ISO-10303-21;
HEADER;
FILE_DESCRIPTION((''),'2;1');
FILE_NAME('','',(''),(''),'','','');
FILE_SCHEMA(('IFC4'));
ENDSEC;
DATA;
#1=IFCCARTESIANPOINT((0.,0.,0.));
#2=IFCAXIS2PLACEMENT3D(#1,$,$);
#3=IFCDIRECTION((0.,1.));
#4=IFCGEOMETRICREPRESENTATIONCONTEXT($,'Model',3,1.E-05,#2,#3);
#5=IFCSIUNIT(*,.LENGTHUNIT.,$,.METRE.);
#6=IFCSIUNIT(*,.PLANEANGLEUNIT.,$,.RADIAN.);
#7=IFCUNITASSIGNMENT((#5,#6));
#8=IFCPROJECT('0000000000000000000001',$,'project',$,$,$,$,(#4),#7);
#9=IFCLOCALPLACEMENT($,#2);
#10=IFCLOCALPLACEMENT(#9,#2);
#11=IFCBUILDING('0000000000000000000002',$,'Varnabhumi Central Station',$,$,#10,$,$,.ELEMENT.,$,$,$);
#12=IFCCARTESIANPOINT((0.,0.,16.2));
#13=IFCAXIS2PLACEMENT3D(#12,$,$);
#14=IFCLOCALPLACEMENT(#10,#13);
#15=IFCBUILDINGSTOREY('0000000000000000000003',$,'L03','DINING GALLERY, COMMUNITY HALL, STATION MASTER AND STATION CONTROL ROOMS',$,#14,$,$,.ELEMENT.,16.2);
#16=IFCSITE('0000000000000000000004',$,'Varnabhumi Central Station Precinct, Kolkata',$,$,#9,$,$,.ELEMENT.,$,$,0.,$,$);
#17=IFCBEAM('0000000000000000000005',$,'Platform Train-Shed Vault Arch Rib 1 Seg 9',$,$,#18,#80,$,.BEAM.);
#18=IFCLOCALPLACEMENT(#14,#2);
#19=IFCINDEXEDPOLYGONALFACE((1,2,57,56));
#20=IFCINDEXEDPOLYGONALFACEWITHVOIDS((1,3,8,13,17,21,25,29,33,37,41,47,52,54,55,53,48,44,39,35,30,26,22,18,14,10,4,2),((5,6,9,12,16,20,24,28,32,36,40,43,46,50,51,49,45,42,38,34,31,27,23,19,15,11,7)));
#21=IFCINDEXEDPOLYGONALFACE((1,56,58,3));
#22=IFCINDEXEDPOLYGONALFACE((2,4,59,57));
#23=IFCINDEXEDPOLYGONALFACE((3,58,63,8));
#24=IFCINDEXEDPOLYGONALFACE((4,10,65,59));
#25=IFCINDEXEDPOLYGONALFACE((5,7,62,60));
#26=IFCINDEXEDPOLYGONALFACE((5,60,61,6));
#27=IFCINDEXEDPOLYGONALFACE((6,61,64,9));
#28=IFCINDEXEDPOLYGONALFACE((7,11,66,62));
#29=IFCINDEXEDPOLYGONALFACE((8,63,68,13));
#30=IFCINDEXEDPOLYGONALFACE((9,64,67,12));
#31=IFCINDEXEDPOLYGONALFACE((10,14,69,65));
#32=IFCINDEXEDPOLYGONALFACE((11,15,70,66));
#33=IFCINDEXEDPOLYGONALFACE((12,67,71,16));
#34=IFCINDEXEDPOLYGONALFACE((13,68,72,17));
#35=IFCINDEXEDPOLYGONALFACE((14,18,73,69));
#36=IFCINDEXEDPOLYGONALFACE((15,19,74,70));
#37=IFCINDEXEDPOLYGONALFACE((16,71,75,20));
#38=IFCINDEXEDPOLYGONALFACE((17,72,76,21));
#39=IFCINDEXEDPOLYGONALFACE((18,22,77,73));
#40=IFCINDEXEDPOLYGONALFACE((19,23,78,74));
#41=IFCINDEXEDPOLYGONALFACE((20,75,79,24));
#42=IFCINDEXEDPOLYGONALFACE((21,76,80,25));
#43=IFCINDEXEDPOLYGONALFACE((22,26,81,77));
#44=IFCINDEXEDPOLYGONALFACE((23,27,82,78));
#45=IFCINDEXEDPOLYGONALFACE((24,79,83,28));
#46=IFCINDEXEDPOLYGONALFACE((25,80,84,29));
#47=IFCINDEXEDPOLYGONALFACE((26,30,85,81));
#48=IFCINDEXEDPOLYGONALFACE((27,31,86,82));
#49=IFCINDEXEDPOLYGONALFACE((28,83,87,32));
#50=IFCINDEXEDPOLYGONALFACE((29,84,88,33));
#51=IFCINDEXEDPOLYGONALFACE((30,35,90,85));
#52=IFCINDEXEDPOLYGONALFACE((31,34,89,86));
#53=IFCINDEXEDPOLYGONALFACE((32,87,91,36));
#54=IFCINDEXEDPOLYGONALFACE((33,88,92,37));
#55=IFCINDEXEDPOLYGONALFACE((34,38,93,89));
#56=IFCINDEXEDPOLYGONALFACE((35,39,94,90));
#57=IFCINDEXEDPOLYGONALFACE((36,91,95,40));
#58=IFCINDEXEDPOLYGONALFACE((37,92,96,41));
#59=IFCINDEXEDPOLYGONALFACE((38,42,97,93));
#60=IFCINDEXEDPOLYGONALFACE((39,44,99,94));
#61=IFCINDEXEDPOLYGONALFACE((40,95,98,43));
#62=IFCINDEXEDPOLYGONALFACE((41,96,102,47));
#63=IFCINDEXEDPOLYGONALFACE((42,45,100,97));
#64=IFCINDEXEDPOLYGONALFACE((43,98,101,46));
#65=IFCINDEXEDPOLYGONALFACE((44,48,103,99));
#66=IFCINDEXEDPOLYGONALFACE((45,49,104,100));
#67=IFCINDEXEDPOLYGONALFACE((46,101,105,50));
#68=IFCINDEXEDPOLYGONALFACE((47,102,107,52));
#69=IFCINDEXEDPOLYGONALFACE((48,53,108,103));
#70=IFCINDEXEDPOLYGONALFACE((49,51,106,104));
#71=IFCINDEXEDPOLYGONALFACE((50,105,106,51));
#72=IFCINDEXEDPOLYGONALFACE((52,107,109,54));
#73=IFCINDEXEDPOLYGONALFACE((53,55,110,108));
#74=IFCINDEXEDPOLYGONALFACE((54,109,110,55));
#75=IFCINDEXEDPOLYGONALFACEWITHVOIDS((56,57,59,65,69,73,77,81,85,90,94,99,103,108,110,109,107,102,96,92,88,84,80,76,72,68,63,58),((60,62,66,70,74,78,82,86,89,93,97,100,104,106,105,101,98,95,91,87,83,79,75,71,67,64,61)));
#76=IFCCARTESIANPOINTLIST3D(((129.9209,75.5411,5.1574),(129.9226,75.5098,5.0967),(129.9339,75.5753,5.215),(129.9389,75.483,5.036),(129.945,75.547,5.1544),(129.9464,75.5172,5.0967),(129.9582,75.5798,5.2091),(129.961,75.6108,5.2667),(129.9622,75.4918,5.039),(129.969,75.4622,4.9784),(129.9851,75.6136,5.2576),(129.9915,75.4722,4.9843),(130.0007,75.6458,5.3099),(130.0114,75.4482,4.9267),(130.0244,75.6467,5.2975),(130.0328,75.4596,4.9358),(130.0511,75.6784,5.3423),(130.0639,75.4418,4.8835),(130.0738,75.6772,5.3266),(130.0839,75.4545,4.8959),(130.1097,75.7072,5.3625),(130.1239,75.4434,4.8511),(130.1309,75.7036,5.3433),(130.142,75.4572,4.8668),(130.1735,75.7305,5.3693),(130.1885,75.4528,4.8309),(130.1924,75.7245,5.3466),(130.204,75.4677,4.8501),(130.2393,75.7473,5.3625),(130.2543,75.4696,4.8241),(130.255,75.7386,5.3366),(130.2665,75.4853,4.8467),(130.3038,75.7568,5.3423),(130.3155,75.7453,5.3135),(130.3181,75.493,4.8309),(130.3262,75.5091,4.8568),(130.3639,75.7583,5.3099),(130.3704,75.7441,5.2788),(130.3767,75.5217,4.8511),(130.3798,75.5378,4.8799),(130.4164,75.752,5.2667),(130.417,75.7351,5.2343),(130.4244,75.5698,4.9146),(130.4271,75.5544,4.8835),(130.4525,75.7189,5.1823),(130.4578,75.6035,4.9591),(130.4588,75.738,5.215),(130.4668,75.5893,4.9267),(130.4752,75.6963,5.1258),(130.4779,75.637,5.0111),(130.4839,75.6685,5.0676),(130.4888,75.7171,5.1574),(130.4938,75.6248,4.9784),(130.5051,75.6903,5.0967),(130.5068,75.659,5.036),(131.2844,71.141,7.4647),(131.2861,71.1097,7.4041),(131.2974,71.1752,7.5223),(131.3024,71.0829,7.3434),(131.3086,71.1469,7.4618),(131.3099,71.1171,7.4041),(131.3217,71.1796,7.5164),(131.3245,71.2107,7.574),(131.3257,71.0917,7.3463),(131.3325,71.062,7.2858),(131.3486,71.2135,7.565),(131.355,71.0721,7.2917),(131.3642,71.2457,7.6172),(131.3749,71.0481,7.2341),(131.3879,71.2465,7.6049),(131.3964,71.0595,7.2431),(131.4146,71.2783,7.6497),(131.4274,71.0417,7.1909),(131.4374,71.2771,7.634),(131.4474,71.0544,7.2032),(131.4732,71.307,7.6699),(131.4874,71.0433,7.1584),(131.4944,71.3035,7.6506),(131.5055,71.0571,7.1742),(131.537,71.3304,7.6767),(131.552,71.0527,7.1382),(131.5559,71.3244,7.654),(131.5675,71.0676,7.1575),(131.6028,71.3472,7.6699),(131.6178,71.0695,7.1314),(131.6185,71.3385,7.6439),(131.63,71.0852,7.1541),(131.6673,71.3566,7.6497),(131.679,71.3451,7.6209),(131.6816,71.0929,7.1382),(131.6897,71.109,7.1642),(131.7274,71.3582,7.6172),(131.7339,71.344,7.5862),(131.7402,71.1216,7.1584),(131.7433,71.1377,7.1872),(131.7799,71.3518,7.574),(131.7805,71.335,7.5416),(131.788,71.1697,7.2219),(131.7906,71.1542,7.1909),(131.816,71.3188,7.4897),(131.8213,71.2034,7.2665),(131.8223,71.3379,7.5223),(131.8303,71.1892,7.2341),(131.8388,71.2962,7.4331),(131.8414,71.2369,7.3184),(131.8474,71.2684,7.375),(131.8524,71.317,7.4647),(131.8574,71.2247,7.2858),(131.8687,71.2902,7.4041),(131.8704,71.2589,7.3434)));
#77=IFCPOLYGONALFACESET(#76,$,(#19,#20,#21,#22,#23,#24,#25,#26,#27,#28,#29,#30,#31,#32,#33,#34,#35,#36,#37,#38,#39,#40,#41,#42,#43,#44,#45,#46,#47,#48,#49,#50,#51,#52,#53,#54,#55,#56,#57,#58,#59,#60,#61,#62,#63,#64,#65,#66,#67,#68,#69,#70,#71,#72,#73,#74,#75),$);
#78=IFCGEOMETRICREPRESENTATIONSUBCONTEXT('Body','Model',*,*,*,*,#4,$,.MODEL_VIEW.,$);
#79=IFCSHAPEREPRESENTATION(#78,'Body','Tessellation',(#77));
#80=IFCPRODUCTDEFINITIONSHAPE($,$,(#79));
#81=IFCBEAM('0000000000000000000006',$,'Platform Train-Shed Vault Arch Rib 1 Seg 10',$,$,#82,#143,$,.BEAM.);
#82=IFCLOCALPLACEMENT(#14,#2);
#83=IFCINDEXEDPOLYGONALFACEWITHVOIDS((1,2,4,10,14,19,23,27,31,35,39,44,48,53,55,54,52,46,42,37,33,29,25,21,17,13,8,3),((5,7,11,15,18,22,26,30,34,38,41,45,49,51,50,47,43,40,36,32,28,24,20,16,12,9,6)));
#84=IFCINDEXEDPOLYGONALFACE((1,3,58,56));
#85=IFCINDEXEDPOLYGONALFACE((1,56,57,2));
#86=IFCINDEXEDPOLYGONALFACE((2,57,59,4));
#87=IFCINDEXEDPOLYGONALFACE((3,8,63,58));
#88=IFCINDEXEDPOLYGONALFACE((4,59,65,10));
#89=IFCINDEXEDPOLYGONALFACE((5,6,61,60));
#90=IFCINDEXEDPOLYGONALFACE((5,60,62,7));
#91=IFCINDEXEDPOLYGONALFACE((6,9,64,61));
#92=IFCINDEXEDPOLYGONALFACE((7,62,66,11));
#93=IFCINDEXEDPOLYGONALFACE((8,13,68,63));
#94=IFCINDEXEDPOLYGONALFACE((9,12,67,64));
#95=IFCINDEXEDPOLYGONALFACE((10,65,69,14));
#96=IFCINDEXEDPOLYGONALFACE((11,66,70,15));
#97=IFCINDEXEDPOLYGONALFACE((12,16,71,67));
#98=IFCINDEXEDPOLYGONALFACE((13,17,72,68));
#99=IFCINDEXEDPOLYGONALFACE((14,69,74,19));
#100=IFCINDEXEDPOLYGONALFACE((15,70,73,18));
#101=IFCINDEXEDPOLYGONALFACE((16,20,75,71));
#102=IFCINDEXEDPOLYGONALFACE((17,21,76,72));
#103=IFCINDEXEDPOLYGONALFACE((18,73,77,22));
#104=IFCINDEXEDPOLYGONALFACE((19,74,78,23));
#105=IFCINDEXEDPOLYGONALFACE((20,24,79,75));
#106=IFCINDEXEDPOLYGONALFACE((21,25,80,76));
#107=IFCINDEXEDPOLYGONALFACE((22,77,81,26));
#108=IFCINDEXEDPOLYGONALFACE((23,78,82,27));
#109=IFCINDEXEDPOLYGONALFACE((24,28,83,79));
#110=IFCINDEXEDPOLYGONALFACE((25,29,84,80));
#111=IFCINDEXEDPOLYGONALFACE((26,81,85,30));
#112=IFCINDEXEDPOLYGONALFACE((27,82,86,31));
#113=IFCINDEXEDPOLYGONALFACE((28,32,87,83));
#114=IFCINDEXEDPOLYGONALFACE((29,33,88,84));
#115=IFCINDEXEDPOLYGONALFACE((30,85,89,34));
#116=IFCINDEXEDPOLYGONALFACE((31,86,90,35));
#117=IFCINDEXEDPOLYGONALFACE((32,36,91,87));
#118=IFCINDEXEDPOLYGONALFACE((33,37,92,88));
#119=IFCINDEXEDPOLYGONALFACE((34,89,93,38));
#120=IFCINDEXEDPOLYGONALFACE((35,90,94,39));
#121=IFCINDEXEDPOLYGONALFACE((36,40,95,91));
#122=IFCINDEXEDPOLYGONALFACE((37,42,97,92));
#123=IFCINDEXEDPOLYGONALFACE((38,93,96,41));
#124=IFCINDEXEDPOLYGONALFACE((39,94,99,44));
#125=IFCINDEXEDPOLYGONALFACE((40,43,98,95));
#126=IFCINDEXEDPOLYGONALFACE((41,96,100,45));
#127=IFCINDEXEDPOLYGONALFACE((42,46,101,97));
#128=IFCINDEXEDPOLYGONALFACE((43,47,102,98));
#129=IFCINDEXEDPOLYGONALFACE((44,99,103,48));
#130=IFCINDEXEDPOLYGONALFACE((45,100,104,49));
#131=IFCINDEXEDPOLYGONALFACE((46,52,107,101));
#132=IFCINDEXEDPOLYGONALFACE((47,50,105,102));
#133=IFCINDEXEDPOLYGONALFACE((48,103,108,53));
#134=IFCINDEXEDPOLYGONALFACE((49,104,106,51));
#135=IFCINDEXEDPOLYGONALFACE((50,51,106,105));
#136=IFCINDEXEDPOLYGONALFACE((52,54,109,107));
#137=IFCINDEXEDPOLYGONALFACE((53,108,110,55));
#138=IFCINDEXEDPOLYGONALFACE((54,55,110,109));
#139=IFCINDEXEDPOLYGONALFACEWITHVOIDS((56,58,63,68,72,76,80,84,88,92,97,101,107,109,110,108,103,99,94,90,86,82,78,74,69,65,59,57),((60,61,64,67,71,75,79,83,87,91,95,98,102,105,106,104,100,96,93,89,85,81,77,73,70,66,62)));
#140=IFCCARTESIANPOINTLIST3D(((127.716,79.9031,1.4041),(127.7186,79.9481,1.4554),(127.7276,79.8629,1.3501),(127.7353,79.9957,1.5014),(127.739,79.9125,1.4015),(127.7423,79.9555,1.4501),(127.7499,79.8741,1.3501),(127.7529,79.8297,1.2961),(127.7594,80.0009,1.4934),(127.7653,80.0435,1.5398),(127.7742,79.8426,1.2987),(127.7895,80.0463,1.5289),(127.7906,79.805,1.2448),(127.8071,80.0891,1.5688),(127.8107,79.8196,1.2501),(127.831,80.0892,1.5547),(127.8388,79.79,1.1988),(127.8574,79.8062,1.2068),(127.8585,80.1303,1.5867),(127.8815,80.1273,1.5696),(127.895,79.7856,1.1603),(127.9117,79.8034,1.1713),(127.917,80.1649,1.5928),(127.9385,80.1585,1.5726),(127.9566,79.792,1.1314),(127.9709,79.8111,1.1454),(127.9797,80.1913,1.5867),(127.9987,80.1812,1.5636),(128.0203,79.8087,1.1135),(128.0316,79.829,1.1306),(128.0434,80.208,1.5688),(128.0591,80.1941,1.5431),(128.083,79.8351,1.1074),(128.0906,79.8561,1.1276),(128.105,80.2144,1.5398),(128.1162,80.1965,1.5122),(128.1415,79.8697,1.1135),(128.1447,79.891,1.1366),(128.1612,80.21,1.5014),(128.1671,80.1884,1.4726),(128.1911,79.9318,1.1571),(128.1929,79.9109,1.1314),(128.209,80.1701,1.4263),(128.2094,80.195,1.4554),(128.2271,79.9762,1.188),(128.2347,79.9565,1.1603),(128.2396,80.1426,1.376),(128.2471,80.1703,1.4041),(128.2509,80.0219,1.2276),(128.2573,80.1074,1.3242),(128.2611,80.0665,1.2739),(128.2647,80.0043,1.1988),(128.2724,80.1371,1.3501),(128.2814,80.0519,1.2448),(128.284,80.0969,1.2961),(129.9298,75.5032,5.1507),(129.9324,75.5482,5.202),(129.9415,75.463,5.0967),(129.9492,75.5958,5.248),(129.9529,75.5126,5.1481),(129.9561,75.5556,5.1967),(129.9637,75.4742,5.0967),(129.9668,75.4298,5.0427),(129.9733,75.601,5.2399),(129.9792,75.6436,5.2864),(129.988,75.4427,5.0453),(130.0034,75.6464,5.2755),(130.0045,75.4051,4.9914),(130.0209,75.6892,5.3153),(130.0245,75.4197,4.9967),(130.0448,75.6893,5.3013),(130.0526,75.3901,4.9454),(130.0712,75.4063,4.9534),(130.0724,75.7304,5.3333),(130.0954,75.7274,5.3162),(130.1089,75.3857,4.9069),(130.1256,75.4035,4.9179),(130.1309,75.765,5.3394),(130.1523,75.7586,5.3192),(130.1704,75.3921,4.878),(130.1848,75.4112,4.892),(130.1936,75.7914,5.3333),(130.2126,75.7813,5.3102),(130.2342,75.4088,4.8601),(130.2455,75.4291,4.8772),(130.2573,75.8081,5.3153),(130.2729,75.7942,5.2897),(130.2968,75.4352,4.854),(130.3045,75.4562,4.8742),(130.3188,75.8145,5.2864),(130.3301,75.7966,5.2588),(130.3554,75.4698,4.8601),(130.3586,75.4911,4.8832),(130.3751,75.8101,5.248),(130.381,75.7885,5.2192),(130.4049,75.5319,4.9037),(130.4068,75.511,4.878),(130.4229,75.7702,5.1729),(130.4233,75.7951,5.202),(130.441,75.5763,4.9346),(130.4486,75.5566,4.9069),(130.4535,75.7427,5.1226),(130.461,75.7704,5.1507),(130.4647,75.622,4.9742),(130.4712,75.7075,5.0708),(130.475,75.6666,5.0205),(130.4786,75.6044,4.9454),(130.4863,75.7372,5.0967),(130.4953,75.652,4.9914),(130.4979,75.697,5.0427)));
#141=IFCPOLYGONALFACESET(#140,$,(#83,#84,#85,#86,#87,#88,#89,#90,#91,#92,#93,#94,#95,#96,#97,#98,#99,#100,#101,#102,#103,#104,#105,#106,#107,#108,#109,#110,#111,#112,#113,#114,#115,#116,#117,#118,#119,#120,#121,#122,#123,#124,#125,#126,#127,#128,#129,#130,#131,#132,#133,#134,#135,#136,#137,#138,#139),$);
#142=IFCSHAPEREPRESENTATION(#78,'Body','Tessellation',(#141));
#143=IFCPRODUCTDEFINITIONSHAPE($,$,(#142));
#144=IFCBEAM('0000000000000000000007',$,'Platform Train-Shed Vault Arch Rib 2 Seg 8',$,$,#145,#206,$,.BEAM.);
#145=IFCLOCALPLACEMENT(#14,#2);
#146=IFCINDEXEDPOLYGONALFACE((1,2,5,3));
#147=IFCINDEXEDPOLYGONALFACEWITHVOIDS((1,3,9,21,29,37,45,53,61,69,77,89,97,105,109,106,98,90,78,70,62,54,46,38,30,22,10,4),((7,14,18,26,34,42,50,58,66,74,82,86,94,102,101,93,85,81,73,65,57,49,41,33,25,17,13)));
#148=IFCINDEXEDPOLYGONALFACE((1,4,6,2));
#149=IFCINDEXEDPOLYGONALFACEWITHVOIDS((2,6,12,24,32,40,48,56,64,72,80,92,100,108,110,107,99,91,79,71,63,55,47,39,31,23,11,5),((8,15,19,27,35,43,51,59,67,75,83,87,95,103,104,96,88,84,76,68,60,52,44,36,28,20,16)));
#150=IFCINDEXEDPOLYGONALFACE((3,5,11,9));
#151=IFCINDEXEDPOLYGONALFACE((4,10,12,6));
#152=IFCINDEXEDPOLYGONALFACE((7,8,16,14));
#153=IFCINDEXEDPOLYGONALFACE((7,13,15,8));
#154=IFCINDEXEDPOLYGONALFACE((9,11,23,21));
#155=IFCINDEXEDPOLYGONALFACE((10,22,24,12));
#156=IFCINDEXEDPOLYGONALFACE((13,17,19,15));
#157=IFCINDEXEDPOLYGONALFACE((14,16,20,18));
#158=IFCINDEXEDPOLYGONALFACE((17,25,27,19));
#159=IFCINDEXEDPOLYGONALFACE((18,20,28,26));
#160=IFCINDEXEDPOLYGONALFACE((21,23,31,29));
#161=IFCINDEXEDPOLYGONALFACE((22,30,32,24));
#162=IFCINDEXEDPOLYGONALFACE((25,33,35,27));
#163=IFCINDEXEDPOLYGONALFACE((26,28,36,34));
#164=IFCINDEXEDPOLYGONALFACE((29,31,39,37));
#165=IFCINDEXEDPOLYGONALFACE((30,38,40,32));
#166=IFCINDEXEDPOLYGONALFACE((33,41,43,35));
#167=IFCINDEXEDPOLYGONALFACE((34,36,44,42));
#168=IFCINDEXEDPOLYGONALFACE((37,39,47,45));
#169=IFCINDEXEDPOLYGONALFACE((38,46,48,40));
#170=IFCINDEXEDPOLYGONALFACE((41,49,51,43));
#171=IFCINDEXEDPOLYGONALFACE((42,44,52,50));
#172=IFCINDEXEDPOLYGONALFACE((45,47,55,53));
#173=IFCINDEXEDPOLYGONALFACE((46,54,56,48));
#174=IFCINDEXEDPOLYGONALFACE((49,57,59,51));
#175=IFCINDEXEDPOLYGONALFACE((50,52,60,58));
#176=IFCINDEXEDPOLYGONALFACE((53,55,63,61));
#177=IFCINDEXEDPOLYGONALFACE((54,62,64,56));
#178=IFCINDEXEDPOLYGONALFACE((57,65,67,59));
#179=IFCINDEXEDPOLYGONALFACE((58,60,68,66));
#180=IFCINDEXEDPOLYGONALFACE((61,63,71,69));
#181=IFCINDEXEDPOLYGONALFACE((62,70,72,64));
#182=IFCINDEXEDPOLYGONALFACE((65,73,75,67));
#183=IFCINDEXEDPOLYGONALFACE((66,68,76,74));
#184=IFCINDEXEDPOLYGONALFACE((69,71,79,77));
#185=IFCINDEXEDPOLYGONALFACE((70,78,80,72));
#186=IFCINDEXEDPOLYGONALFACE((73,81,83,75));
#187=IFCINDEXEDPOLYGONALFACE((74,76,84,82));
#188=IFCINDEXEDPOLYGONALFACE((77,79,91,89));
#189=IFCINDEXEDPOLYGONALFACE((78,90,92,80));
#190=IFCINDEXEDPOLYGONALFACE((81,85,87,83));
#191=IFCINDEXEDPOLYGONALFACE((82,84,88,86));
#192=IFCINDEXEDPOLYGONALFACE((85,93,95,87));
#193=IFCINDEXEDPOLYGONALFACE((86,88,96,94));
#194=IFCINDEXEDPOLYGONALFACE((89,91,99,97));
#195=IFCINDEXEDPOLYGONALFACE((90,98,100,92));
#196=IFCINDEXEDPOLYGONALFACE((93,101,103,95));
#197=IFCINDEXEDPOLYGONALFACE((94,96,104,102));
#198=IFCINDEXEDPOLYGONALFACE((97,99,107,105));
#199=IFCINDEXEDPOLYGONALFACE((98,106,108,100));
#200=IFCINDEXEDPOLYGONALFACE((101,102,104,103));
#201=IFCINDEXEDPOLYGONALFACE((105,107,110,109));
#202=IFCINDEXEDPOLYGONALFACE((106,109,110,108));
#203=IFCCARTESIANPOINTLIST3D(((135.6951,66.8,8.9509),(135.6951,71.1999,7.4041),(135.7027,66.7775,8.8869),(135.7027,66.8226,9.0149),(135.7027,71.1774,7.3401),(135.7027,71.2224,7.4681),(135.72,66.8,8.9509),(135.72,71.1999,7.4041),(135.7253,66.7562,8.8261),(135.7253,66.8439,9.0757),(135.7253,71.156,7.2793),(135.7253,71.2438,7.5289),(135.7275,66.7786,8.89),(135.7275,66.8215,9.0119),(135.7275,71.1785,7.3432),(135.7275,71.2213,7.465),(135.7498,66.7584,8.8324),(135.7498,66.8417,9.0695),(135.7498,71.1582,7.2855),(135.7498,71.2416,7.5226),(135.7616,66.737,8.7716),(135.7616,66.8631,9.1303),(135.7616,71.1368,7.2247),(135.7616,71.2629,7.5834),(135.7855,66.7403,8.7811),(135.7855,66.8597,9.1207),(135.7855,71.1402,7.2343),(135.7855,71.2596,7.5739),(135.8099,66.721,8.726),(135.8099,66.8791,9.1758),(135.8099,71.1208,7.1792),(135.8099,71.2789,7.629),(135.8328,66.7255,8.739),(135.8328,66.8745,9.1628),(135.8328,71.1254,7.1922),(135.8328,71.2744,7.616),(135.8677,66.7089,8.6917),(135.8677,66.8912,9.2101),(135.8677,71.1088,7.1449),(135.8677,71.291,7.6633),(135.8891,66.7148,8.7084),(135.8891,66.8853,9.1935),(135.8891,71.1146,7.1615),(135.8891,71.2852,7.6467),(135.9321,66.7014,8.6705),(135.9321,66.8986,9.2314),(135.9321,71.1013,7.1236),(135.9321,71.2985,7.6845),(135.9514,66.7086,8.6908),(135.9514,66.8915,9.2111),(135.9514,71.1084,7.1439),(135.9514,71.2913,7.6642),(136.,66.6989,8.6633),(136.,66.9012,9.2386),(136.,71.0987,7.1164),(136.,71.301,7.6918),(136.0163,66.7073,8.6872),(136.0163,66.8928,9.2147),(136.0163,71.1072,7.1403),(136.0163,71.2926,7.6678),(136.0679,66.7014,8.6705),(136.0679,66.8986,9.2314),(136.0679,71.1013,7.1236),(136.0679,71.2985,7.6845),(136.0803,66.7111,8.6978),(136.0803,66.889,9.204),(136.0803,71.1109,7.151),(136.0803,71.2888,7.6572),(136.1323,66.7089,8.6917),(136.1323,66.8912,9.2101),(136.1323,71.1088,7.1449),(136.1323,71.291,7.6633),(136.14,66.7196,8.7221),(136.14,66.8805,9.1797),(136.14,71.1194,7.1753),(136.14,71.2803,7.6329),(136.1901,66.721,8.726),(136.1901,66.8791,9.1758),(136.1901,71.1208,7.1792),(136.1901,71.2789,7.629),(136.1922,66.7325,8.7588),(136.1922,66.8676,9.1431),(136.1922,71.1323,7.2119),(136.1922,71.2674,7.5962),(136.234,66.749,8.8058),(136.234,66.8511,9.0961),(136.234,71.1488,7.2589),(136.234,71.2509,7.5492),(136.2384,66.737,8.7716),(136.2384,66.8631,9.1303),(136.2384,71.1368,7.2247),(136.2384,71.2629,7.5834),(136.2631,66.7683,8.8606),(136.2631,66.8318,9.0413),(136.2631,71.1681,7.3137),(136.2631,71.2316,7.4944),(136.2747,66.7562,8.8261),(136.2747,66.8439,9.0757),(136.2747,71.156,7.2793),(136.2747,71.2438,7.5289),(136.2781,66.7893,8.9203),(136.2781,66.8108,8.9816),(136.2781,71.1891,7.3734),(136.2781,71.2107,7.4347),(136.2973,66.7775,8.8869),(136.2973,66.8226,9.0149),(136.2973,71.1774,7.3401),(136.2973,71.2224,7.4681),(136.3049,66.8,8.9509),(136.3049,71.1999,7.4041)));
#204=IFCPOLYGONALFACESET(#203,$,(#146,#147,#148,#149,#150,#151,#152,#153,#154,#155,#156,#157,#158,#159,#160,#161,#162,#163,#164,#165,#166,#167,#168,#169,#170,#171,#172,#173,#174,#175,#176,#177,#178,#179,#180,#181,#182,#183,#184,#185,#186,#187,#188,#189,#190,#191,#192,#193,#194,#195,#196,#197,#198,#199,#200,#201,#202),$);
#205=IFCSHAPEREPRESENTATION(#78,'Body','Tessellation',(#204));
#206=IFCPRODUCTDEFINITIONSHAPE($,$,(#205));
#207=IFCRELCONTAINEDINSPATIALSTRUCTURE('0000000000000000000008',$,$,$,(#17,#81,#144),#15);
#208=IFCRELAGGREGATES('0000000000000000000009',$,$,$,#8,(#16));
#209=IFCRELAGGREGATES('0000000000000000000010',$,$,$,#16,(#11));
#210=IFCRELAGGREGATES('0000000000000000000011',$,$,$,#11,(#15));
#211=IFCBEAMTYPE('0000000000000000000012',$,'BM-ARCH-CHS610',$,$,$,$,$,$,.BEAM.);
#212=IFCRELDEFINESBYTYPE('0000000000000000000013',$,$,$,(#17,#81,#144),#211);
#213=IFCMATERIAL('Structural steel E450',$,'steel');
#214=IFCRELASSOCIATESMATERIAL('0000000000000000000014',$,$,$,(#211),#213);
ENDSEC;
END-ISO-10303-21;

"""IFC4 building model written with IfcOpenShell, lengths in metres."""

from ifc_helpers import new_model, si_unit, direction, frame, origin, origin_2d, place, context, subcontext, project, spatial, hollow_circle, extrude, material, material_profile, profile_set, type_object, element, save


model = new_model("IFC4")

# Units and contexts
model_context = context("Model", 3, precision=1e-05, world=origin(), true_north=direction((0.0, 1.0)))
body_context = subcontext(model_context, "Body", "Model", "MODEL_VIEW")
ifc_project = project(units=[si_unit("LENGTHUNIT", "METRE"), si_unit("PLANEANGLEUNIT", "RADIAN")], contexts=[model_context])

# Site, building, storey
site_placement = place(None, origin())
site = spatial("IfcSite", under=ifc_project, at=site_placement, Name="Varnabhumi Central Station Precinct, Kolkata", CompositionType="ELEMENT", RefElevation=0.0)
building_placement = place(site_placement, origin())
building = spatial("IfcBuilding", under=site, at=building_placement, Name="Varnabhumi Central Station", CompositionType="ELEMENT")
storey_placement = place(building_placement, frame((0.0, 0.0, 16.2)))
storey = spatial("IfcBuildingStorey", under=building, at=storey_placement, Name="L03", Description="DINING GALLERY, COMMUNITY HALL, STATION MASTER AND STATION CONTROL ROOMS", CompositionType="ELEMENT", Elevation=16.2)

# Beams
ifc_material_1 = material(Name="Structural steel E450", Category="steel")
ifc_material_profile_1 = material_profile(ifc_material_1, hollow_circle(Radius=0.3049, WallThickness=0.0249, at=origin_2d()), Name="Structural steel E450", Category="steel")
ifc_profile_set_1 = profile_set([ifc_material_profile_1], Name="Structural steel E450")
beam_type_1 = type_object("IfcBeamType", Name="BM-ARCH-CHS610", PredefinedType="BEAM", material=ifc_profile_set_1)
beam_1_placement = place(storey_placement, frame((131.5774, 71.2, 7.4041), z_axis=(-0.264653, 0.854044, -0.447848), x_axis=(-0.955189, -0.295996, 0.0)))
element("IfcBeam", 1, at=beam_1_placement, inside=storey, type_object=beam_type_1, Name="Platform Train-Shed Vault Arch Rib 1 Seg 9", PredefinedType="BEAM", context=body_context, shape_type="SweptSolid", body=[
    extrude(hollow_circle(Radius=0.3049, WallThickness=0.0249, at=origin_2d()), origin(), (0.0, 0.0, 1.0), 5.1521),
])
beam_2_placement = place(storey_placement, frame((130.2139, 75.6001, 5.0967), z_axis=(-0.35774, 0.710983, -0.605413), x_axis=(-0.893294, -0.449472, 0.0)))
element("IfcBeam", 2, at=beam_2_placement, inside=storey, type_object=beam_type_1, Name="Platform Train-Shed Vault Arch Rib 1 Seg 10", PredefinedType="BEAM", context=body_context, shape_type="SweptSolid", body=[
    extrude(hollow_circle(Radius=0.3049, WallThickness=0.0249, at=origin_2d()), origin(), (0.0, 0.0, 1.0), 6.1885),
])
beam_3_placement = place(storey_placement, frame((136.0, 66.8, 8.9509), z_axis=(0.0, 0.943396, -0.33167), x_axis=(-1.0, 0.0, 0.0)))
element("IfcBeam", 3, at=beam_3_placement, inside=storey, type_object=beam_type_1, Name="Platform Train-Shed Vault Arch Rib 2 Seg 8", PredefinedType="BEAM", context=body_context, shape_type="SweptSolid", body=[
    extrude(hollow_circle(Radius=0.3049, WallThickness=0.0249, at=origin_2d()), origin(), (0.0, 0.0, 1.0), 4.6638),
])

save(model, "model.ifc")
